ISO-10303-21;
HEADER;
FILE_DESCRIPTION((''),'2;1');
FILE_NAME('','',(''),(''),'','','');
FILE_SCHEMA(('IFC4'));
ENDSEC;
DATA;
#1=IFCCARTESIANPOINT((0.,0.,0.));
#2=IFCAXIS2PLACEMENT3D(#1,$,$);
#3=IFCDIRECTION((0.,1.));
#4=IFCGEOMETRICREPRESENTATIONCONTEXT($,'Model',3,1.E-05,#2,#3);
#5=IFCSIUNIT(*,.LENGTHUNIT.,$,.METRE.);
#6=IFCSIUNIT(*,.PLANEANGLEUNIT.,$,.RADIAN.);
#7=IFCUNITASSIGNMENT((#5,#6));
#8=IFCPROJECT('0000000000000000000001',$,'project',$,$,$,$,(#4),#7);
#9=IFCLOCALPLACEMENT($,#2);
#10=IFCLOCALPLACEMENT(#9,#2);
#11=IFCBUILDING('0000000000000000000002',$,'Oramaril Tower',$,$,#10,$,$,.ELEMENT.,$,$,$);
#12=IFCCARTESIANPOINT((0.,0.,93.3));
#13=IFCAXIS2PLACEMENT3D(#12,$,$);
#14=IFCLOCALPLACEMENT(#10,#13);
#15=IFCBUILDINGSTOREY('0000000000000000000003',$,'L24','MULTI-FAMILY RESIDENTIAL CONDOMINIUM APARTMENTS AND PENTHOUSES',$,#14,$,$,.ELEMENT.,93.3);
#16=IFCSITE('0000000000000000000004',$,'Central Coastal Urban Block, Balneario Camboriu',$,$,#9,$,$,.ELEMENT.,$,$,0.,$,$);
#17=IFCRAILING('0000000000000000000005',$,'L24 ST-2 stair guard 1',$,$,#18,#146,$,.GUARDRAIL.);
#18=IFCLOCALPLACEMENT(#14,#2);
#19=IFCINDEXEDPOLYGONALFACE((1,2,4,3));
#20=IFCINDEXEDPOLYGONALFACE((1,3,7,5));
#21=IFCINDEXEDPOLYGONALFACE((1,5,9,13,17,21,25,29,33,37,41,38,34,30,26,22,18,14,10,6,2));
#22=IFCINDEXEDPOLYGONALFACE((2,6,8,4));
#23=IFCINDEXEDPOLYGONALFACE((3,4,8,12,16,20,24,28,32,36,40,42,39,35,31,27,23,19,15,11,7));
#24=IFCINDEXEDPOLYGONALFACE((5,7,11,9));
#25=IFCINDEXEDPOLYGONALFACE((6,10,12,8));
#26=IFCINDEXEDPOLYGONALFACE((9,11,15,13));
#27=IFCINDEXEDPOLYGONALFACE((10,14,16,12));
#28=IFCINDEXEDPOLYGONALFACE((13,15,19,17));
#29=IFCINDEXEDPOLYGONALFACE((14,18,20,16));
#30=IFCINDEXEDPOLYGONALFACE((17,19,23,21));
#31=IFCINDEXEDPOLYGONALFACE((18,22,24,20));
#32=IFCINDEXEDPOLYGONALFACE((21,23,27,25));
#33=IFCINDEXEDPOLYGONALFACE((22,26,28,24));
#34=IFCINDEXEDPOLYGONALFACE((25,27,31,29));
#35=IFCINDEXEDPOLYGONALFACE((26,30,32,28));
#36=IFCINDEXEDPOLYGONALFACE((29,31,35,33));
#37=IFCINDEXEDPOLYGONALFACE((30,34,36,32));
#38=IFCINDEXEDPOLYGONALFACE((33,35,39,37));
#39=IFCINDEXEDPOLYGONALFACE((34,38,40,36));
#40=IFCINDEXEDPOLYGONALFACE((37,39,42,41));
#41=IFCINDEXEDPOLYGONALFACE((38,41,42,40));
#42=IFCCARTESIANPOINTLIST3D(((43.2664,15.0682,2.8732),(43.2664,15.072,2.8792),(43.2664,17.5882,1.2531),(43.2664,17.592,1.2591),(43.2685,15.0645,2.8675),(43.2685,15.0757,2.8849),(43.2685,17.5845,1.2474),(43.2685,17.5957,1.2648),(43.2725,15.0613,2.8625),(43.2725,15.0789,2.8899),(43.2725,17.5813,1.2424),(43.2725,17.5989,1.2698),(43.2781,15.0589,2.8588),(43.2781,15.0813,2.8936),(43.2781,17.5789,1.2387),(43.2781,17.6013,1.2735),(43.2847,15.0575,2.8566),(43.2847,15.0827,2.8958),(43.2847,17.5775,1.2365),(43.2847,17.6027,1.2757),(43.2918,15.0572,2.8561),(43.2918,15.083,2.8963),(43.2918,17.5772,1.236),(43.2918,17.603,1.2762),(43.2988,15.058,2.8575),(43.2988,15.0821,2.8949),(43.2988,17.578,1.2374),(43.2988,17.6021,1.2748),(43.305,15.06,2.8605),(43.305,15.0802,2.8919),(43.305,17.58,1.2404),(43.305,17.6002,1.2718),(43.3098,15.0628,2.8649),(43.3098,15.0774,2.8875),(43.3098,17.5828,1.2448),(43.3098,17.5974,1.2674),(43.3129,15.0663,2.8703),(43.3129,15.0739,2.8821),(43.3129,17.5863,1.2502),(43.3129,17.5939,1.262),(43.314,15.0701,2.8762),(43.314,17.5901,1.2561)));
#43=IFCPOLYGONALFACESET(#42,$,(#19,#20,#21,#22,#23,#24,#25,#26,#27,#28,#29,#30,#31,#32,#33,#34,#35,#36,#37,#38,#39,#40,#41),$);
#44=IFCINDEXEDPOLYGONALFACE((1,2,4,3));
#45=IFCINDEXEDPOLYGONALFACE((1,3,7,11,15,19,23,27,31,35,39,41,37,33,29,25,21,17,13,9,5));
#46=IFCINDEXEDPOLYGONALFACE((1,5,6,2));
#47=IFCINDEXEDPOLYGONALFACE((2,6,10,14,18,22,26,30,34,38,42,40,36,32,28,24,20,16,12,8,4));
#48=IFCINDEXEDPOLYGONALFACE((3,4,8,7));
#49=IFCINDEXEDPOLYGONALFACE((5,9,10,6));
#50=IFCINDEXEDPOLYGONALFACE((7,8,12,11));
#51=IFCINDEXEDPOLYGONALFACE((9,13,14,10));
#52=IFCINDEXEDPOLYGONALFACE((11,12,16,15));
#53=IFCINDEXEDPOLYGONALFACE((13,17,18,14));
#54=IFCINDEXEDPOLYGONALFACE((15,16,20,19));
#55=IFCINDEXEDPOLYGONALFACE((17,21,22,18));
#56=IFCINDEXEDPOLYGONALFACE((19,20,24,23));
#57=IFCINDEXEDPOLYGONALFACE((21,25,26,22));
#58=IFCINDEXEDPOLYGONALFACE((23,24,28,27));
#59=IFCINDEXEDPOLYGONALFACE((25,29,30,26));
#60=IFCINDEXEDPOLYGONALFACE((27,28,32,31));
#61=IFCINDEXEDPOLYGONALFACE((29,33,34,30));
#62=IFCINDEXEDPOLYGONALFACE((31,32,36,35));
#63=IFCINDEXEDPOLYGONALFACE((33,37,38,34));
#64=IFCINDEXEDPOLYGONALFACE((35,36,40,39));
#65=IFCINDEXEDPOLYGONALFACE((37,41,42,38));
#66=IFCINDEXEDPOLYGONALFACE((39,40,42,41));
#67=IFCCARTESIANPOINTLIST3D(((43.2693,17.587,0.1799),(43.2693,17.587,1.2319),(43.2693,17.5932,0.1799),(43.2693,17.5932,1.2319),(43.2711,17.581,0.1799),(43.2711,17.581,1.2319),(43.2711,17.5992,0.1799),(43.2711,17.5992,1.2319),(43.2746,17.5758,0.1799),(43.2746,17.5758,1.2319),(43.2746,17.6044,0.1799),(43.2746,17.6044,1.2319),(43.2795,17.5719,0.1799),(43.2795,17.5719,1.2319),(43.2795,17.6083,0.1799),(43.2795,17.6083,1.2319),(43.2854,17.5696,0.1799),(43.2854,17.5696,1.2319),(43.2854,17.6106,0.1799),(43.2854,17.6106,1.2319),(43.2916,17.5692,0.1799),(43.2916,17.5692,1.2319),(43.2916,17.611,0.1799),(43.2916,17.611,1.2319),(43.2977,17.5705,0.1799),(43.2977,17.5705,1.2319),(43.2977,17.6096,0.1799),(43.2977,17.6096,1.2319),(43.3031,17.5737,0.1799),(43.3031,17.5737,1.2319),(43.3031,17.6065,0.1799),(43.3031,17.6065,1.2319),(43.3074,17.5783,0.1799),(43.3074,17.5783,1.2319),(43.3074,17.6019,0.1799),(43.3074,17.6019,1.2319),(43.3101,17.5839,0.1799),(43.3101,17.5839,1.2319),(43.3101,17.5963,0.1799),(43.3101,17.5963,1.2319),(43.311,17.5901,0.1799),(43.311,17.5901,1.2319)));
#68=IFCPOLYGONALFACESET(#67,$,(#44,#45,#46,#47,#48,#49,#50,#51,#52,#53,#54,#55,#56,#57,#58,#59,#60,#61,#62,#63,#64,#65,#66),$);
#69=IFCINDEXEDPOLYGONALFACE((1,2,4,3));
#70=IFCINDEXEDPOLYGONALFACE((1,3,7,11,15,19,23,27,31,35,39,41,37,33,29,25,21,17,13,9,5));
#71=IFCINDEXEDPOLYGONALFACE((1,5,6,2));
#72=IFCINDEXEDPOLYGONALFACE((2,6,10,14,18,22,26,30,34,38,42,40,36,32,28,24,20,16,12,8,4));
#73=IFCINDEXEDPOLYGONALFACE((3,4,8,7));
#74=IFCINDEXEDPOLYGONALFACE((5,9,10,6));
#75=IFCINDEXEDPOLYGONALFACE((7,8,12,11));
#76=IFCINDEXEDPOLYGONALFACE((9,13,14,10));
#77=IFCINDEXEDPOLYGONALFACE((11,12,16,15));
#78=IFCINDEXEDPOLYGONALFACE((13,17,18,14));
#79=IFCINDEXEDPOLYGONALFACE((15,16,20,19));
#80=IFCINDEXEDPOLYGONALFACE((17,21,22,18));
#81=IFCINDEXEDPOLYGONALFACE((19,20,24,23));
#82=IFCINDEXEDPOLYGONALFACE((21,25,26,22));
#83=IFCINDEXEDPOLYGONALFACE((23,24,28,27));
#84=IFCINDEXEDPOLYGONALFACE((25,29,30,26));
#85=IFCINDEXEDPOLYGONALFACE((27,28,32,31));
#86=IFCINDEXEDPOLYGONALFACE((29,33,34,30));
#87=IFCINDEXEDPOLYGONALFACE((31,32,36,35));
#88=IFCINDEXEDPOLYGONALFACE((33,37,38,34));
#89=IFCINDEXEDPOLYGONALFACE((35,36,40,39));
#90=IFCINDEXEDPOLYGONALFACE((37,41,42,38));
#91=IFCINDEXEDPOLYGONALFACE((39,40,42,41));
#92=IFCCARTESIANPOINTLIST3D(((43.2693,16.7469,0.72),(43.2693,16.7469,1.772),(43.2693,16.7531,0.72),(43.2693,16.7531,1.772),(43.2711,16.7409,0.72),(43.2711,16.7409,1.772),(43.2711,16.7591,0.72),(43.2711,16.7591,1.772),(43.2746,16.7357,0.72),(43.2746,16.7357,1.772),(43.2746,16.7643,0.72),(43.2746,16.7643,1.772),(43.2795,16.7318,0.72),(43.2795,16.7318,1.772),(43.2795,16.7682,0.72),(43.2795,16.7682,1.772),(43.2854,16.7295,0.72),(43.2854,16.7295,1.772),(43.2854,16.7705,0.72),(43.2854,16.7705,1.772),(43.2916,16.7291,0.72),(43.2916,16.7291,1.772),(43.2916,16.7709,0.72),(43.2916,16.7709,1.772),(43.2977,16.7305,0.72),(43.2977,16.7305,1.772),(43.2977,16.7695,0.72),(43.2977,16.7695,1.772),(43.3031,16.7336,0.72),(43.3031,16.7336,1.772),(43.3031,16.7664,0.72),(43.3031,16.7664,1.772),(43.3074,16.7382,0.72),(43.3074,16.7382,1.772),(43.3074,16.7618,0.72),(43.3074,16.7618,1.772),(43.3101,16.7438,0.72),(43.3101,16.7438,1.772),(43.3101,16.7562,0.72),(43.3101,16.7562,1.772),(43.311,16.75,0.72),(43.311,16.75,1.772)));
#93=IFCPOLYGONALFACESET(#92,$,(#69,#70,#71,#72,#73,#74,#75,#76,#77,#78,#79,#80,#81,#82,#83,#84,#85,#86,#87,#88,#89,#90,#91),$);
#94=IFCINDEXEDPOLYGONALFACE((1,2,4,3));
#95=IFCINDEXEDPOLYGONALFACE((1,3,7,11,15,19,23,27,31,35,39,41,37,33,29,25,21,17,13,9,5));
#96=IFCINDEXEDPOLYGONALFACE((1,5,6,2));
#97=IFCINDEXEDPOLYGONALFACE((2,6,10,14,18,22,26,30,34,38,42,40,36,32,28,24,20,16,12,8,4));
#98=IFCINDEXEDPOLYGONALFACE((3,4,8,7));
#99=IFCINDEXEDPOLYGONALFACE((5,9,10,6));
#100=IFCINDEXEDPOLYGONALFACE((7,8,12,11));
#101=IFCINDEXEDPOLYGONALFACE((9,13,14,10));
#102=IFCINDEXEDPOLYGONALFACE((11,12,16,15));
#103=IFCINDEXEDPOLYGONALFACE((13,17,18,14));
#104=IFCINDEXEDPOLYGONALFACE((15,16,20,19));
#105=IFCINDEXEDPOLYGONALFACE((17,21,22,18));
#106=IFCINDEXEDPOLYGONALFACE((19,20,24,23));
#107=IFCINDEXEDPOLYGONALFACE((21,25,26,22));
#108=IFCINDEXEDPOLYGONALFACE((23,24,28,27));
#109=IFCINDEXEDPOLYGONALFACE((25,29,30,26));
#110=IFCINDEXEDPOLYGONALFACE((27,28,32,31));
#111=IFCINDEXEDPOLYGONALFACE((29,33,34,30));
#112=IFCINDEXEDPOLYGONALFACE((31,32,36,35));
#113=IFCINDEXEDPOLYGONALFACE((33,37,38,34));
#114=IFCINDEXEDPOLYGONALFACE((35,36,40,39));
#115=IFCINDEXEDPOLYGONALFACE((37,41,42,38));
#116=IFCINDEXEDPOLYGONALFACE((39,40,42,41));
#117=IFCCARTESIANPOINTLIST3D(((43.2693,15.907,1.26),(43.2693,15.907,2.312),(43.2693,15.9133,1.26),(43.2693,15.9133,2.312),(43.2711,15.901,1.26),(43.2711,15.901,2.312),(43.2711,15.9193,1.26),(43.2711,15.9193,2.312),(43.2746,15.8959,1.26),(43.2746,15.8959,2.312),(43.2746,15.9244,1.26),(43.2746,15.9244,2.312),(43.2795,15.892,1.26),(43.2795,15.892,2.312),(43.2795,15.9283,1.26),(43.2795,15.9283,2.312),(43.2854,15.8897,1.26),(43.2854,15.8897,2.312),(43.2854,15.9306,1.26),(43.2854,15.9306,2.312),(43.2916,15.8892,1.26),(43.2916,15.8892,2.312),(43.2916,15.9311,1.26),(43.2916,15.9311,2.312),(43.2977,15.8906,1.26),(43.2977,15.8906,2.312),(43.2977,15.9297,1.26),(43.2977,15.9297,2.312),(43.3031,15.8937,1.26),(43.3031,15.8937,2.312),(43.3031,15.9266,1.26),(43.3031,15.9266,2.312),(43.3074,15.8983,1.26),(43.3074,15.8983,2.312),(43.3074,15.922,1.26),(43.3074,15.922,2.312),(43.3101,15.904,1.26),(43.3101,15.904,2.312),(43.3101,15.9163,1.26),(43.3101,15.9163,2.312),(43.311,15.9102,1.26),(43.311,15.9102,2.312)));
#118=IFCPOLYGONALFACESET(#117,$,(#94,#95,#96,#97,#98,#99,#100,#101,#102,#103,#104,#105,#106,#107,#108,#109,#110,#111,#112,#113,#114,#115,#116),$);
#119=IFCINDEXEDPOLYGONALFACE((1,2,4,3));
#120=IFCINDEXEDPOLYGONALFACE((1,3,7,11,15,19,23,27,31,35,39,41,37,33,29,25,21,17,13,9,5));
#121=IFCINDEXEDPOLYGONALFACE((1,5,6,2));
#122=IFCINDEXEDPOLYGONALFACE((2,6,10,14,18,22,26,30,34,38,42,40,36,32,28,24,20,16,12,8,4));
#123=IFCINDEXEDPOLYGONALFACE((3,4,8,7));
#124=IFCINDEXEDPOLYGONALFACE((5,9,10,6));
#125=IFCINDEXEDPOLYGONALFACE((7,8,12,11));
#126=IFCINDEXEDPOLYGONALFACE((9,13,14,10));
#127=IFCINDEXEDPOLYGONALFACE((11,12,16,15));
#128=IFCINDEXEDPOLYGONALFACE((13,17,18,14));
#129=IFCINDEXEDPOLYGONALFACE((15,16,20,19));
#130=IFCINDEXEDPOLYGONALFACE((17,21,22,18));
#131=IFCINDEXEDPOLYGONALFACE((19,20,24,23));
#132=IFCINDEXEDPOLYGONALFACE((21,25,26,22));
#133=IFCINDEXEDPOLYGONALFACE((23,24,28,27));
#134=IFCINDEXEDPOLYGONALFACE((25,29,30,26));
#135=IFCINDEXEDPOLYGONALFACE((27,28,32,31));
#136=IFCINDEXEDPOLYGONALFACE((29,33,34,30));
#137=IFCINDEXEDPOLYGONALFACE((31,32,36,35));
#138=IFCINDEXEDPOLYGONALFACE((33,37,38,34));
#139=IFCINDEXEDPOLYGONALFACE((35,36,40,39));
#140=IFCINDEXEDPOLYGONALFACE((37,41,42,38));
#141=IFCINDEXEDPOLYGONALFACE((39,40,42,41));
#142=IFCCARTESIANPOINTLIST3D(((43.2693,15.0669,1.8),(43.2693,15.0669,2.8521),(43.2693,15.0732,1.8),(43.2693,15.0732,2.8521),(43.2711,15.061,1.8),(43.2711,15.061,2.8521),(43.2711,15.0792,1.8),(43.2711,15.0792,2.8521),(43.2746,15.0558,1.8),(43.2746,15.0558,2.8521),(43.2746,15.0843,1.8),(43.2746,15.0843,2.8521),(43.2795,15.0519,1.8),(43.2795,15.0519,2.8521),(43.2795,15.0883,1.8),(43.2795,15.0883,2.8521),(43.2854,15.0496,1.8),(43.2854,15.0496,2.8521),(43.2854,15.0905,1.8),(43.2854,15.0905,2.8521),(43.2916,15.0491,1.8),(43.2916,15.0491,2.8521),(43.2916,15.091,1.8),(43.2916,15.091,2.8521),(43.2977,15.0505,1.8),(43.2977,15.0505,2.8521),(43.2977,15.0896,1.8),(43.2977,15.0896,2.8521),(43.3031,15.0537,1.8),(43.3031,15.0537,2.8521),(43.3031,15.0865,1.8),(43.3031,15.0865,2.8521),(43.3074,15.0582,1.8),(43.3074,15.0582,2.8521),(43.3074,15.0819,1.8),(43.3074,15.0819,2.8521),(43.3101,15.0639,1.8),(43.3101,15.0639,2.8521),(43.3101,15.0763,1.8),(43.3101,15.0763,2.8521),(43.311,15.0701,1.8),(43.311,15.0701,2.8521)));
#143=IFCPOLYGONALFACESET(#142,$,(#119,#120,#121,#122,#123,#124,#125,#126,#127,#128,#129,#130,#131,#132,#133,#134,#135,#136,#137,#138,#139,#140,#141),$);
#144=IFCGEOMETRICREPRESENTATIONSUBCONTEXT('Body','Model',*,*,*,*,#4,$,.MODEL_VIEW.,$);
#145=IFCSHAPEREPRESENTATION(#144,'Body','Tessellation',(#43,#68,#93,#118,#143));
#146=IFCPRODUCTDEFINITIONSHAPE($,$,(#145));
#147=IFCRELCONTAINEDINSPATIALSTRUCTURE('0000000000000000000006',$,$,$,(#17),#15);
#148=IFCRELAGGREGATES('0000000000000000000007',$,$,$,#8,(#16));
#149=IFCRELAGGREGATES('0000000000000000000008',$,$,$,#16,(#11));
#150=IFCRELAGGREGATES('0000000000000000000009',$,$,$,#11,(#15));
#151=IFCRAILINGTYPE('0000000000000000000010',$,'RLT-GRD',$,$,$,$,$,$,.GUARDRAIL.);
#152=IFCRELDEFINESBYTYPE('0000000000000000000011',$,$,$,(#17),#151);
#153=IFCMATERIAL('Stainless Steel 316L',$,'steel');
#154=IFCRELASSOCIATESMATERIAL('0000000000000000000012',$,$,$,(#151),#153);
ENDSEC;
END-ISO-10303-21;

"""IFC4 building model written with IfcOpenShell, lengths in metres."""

from ifc_helpers import new_model, si_unit, direction, frame, origin, origin_2d, place, context, subcontext, project, spatial, circle, extrude, material, type_object, element, save


model = new_model("IFC4")

# Units and contexts
model_context = context("Model", 3, precision=1e-05, world=origin(), true_north=direction((0.0, 1.0)))
body_context = subcontext(model_context, "Body", "Model", "MODEL_VIEW")
ifc_project = project(units=[si_unit("LENGTHUNIT", "METRE"), si_unit("PLANEANGLEUNIT", "RADIAN")], contexts=[model_context])

# Site, building, storey
site_placement = place(None, origin())
site = spatial("IfcSite", under=ifc_project, at=site_placement, Name="Central Coastal Urban Block, Balneario Camboriu", CompositionType="ELEMENT", RefElevation=0.0)
building_placement = place(site_placement, origin())
building = spatial("IfcBuilding", under=site, at=building_placement, Name="Oramaril Tower", CompositionType="ELEMENT")
storey_placement = place(building_placement, frame((0.0, 0.0, 93.3)))
storey = spatial("IfcBuildingStorey", under=building, at=storey_placement, Name="L24", Description="MULTI-FAMILY RESIDENTIAL CONDOMINIUM APARTMENTS AND PENTHOUSES", CompositionType="ELEMENT", Elevation=93.3)

# Railing
ifc_material_1 = material(Name="Stainless Steel 316L", Category="steel")
railing_type_1 = type_object("IfcRailingType", Name="RLT-GRD", PredefinedType="GUARDRAIL", material=ifc_material_1)
railing_1_placement = place(storey_placement, frame((43.29, 17.5901, 0.1799)))
element("IfcRailing", 1, at=railing_1_placement, inside=storey, type_object=railing_type_1, Name="L24 ST-2 stair guard 1", PredefinedType="GUARDRAIL", context=body_context, shape_type="SweptSolid", body=[
    extrude(circle(Radius=0.0239, at=origin_2d()), frame((0.0, 0.0, 1.0762), z_axis=(0.0, -0.841163, 0.540782), x_axis=(1.0, 0.0, 0.0)), (0.0, 0.0, 1.0), 2.9958),
    extrude(circle(Radius=0.021, at=origin_2d()), origin(), (0.0, 0.0, 1.0), 1.052),
    extrude(circle(Radius=0.021, at=origin_2d()), frame((0.0, -0.8401, 0.54)), (0.0, 0.0, 1.0), 1.052),
    extrude(circle(Radius=0.021, at=origin_2d()), frame((0.0, -1.6799, 1.0801)), (0.0, 0.0, 1.0), 1.052),
    extrude(circle(Radius=0.021, at=origin_2d()), frame((0.0, -2.52, 1.6201)), (0.0, 0.0, 1.0), 1.052),
])

save(model, "model.ifc")
